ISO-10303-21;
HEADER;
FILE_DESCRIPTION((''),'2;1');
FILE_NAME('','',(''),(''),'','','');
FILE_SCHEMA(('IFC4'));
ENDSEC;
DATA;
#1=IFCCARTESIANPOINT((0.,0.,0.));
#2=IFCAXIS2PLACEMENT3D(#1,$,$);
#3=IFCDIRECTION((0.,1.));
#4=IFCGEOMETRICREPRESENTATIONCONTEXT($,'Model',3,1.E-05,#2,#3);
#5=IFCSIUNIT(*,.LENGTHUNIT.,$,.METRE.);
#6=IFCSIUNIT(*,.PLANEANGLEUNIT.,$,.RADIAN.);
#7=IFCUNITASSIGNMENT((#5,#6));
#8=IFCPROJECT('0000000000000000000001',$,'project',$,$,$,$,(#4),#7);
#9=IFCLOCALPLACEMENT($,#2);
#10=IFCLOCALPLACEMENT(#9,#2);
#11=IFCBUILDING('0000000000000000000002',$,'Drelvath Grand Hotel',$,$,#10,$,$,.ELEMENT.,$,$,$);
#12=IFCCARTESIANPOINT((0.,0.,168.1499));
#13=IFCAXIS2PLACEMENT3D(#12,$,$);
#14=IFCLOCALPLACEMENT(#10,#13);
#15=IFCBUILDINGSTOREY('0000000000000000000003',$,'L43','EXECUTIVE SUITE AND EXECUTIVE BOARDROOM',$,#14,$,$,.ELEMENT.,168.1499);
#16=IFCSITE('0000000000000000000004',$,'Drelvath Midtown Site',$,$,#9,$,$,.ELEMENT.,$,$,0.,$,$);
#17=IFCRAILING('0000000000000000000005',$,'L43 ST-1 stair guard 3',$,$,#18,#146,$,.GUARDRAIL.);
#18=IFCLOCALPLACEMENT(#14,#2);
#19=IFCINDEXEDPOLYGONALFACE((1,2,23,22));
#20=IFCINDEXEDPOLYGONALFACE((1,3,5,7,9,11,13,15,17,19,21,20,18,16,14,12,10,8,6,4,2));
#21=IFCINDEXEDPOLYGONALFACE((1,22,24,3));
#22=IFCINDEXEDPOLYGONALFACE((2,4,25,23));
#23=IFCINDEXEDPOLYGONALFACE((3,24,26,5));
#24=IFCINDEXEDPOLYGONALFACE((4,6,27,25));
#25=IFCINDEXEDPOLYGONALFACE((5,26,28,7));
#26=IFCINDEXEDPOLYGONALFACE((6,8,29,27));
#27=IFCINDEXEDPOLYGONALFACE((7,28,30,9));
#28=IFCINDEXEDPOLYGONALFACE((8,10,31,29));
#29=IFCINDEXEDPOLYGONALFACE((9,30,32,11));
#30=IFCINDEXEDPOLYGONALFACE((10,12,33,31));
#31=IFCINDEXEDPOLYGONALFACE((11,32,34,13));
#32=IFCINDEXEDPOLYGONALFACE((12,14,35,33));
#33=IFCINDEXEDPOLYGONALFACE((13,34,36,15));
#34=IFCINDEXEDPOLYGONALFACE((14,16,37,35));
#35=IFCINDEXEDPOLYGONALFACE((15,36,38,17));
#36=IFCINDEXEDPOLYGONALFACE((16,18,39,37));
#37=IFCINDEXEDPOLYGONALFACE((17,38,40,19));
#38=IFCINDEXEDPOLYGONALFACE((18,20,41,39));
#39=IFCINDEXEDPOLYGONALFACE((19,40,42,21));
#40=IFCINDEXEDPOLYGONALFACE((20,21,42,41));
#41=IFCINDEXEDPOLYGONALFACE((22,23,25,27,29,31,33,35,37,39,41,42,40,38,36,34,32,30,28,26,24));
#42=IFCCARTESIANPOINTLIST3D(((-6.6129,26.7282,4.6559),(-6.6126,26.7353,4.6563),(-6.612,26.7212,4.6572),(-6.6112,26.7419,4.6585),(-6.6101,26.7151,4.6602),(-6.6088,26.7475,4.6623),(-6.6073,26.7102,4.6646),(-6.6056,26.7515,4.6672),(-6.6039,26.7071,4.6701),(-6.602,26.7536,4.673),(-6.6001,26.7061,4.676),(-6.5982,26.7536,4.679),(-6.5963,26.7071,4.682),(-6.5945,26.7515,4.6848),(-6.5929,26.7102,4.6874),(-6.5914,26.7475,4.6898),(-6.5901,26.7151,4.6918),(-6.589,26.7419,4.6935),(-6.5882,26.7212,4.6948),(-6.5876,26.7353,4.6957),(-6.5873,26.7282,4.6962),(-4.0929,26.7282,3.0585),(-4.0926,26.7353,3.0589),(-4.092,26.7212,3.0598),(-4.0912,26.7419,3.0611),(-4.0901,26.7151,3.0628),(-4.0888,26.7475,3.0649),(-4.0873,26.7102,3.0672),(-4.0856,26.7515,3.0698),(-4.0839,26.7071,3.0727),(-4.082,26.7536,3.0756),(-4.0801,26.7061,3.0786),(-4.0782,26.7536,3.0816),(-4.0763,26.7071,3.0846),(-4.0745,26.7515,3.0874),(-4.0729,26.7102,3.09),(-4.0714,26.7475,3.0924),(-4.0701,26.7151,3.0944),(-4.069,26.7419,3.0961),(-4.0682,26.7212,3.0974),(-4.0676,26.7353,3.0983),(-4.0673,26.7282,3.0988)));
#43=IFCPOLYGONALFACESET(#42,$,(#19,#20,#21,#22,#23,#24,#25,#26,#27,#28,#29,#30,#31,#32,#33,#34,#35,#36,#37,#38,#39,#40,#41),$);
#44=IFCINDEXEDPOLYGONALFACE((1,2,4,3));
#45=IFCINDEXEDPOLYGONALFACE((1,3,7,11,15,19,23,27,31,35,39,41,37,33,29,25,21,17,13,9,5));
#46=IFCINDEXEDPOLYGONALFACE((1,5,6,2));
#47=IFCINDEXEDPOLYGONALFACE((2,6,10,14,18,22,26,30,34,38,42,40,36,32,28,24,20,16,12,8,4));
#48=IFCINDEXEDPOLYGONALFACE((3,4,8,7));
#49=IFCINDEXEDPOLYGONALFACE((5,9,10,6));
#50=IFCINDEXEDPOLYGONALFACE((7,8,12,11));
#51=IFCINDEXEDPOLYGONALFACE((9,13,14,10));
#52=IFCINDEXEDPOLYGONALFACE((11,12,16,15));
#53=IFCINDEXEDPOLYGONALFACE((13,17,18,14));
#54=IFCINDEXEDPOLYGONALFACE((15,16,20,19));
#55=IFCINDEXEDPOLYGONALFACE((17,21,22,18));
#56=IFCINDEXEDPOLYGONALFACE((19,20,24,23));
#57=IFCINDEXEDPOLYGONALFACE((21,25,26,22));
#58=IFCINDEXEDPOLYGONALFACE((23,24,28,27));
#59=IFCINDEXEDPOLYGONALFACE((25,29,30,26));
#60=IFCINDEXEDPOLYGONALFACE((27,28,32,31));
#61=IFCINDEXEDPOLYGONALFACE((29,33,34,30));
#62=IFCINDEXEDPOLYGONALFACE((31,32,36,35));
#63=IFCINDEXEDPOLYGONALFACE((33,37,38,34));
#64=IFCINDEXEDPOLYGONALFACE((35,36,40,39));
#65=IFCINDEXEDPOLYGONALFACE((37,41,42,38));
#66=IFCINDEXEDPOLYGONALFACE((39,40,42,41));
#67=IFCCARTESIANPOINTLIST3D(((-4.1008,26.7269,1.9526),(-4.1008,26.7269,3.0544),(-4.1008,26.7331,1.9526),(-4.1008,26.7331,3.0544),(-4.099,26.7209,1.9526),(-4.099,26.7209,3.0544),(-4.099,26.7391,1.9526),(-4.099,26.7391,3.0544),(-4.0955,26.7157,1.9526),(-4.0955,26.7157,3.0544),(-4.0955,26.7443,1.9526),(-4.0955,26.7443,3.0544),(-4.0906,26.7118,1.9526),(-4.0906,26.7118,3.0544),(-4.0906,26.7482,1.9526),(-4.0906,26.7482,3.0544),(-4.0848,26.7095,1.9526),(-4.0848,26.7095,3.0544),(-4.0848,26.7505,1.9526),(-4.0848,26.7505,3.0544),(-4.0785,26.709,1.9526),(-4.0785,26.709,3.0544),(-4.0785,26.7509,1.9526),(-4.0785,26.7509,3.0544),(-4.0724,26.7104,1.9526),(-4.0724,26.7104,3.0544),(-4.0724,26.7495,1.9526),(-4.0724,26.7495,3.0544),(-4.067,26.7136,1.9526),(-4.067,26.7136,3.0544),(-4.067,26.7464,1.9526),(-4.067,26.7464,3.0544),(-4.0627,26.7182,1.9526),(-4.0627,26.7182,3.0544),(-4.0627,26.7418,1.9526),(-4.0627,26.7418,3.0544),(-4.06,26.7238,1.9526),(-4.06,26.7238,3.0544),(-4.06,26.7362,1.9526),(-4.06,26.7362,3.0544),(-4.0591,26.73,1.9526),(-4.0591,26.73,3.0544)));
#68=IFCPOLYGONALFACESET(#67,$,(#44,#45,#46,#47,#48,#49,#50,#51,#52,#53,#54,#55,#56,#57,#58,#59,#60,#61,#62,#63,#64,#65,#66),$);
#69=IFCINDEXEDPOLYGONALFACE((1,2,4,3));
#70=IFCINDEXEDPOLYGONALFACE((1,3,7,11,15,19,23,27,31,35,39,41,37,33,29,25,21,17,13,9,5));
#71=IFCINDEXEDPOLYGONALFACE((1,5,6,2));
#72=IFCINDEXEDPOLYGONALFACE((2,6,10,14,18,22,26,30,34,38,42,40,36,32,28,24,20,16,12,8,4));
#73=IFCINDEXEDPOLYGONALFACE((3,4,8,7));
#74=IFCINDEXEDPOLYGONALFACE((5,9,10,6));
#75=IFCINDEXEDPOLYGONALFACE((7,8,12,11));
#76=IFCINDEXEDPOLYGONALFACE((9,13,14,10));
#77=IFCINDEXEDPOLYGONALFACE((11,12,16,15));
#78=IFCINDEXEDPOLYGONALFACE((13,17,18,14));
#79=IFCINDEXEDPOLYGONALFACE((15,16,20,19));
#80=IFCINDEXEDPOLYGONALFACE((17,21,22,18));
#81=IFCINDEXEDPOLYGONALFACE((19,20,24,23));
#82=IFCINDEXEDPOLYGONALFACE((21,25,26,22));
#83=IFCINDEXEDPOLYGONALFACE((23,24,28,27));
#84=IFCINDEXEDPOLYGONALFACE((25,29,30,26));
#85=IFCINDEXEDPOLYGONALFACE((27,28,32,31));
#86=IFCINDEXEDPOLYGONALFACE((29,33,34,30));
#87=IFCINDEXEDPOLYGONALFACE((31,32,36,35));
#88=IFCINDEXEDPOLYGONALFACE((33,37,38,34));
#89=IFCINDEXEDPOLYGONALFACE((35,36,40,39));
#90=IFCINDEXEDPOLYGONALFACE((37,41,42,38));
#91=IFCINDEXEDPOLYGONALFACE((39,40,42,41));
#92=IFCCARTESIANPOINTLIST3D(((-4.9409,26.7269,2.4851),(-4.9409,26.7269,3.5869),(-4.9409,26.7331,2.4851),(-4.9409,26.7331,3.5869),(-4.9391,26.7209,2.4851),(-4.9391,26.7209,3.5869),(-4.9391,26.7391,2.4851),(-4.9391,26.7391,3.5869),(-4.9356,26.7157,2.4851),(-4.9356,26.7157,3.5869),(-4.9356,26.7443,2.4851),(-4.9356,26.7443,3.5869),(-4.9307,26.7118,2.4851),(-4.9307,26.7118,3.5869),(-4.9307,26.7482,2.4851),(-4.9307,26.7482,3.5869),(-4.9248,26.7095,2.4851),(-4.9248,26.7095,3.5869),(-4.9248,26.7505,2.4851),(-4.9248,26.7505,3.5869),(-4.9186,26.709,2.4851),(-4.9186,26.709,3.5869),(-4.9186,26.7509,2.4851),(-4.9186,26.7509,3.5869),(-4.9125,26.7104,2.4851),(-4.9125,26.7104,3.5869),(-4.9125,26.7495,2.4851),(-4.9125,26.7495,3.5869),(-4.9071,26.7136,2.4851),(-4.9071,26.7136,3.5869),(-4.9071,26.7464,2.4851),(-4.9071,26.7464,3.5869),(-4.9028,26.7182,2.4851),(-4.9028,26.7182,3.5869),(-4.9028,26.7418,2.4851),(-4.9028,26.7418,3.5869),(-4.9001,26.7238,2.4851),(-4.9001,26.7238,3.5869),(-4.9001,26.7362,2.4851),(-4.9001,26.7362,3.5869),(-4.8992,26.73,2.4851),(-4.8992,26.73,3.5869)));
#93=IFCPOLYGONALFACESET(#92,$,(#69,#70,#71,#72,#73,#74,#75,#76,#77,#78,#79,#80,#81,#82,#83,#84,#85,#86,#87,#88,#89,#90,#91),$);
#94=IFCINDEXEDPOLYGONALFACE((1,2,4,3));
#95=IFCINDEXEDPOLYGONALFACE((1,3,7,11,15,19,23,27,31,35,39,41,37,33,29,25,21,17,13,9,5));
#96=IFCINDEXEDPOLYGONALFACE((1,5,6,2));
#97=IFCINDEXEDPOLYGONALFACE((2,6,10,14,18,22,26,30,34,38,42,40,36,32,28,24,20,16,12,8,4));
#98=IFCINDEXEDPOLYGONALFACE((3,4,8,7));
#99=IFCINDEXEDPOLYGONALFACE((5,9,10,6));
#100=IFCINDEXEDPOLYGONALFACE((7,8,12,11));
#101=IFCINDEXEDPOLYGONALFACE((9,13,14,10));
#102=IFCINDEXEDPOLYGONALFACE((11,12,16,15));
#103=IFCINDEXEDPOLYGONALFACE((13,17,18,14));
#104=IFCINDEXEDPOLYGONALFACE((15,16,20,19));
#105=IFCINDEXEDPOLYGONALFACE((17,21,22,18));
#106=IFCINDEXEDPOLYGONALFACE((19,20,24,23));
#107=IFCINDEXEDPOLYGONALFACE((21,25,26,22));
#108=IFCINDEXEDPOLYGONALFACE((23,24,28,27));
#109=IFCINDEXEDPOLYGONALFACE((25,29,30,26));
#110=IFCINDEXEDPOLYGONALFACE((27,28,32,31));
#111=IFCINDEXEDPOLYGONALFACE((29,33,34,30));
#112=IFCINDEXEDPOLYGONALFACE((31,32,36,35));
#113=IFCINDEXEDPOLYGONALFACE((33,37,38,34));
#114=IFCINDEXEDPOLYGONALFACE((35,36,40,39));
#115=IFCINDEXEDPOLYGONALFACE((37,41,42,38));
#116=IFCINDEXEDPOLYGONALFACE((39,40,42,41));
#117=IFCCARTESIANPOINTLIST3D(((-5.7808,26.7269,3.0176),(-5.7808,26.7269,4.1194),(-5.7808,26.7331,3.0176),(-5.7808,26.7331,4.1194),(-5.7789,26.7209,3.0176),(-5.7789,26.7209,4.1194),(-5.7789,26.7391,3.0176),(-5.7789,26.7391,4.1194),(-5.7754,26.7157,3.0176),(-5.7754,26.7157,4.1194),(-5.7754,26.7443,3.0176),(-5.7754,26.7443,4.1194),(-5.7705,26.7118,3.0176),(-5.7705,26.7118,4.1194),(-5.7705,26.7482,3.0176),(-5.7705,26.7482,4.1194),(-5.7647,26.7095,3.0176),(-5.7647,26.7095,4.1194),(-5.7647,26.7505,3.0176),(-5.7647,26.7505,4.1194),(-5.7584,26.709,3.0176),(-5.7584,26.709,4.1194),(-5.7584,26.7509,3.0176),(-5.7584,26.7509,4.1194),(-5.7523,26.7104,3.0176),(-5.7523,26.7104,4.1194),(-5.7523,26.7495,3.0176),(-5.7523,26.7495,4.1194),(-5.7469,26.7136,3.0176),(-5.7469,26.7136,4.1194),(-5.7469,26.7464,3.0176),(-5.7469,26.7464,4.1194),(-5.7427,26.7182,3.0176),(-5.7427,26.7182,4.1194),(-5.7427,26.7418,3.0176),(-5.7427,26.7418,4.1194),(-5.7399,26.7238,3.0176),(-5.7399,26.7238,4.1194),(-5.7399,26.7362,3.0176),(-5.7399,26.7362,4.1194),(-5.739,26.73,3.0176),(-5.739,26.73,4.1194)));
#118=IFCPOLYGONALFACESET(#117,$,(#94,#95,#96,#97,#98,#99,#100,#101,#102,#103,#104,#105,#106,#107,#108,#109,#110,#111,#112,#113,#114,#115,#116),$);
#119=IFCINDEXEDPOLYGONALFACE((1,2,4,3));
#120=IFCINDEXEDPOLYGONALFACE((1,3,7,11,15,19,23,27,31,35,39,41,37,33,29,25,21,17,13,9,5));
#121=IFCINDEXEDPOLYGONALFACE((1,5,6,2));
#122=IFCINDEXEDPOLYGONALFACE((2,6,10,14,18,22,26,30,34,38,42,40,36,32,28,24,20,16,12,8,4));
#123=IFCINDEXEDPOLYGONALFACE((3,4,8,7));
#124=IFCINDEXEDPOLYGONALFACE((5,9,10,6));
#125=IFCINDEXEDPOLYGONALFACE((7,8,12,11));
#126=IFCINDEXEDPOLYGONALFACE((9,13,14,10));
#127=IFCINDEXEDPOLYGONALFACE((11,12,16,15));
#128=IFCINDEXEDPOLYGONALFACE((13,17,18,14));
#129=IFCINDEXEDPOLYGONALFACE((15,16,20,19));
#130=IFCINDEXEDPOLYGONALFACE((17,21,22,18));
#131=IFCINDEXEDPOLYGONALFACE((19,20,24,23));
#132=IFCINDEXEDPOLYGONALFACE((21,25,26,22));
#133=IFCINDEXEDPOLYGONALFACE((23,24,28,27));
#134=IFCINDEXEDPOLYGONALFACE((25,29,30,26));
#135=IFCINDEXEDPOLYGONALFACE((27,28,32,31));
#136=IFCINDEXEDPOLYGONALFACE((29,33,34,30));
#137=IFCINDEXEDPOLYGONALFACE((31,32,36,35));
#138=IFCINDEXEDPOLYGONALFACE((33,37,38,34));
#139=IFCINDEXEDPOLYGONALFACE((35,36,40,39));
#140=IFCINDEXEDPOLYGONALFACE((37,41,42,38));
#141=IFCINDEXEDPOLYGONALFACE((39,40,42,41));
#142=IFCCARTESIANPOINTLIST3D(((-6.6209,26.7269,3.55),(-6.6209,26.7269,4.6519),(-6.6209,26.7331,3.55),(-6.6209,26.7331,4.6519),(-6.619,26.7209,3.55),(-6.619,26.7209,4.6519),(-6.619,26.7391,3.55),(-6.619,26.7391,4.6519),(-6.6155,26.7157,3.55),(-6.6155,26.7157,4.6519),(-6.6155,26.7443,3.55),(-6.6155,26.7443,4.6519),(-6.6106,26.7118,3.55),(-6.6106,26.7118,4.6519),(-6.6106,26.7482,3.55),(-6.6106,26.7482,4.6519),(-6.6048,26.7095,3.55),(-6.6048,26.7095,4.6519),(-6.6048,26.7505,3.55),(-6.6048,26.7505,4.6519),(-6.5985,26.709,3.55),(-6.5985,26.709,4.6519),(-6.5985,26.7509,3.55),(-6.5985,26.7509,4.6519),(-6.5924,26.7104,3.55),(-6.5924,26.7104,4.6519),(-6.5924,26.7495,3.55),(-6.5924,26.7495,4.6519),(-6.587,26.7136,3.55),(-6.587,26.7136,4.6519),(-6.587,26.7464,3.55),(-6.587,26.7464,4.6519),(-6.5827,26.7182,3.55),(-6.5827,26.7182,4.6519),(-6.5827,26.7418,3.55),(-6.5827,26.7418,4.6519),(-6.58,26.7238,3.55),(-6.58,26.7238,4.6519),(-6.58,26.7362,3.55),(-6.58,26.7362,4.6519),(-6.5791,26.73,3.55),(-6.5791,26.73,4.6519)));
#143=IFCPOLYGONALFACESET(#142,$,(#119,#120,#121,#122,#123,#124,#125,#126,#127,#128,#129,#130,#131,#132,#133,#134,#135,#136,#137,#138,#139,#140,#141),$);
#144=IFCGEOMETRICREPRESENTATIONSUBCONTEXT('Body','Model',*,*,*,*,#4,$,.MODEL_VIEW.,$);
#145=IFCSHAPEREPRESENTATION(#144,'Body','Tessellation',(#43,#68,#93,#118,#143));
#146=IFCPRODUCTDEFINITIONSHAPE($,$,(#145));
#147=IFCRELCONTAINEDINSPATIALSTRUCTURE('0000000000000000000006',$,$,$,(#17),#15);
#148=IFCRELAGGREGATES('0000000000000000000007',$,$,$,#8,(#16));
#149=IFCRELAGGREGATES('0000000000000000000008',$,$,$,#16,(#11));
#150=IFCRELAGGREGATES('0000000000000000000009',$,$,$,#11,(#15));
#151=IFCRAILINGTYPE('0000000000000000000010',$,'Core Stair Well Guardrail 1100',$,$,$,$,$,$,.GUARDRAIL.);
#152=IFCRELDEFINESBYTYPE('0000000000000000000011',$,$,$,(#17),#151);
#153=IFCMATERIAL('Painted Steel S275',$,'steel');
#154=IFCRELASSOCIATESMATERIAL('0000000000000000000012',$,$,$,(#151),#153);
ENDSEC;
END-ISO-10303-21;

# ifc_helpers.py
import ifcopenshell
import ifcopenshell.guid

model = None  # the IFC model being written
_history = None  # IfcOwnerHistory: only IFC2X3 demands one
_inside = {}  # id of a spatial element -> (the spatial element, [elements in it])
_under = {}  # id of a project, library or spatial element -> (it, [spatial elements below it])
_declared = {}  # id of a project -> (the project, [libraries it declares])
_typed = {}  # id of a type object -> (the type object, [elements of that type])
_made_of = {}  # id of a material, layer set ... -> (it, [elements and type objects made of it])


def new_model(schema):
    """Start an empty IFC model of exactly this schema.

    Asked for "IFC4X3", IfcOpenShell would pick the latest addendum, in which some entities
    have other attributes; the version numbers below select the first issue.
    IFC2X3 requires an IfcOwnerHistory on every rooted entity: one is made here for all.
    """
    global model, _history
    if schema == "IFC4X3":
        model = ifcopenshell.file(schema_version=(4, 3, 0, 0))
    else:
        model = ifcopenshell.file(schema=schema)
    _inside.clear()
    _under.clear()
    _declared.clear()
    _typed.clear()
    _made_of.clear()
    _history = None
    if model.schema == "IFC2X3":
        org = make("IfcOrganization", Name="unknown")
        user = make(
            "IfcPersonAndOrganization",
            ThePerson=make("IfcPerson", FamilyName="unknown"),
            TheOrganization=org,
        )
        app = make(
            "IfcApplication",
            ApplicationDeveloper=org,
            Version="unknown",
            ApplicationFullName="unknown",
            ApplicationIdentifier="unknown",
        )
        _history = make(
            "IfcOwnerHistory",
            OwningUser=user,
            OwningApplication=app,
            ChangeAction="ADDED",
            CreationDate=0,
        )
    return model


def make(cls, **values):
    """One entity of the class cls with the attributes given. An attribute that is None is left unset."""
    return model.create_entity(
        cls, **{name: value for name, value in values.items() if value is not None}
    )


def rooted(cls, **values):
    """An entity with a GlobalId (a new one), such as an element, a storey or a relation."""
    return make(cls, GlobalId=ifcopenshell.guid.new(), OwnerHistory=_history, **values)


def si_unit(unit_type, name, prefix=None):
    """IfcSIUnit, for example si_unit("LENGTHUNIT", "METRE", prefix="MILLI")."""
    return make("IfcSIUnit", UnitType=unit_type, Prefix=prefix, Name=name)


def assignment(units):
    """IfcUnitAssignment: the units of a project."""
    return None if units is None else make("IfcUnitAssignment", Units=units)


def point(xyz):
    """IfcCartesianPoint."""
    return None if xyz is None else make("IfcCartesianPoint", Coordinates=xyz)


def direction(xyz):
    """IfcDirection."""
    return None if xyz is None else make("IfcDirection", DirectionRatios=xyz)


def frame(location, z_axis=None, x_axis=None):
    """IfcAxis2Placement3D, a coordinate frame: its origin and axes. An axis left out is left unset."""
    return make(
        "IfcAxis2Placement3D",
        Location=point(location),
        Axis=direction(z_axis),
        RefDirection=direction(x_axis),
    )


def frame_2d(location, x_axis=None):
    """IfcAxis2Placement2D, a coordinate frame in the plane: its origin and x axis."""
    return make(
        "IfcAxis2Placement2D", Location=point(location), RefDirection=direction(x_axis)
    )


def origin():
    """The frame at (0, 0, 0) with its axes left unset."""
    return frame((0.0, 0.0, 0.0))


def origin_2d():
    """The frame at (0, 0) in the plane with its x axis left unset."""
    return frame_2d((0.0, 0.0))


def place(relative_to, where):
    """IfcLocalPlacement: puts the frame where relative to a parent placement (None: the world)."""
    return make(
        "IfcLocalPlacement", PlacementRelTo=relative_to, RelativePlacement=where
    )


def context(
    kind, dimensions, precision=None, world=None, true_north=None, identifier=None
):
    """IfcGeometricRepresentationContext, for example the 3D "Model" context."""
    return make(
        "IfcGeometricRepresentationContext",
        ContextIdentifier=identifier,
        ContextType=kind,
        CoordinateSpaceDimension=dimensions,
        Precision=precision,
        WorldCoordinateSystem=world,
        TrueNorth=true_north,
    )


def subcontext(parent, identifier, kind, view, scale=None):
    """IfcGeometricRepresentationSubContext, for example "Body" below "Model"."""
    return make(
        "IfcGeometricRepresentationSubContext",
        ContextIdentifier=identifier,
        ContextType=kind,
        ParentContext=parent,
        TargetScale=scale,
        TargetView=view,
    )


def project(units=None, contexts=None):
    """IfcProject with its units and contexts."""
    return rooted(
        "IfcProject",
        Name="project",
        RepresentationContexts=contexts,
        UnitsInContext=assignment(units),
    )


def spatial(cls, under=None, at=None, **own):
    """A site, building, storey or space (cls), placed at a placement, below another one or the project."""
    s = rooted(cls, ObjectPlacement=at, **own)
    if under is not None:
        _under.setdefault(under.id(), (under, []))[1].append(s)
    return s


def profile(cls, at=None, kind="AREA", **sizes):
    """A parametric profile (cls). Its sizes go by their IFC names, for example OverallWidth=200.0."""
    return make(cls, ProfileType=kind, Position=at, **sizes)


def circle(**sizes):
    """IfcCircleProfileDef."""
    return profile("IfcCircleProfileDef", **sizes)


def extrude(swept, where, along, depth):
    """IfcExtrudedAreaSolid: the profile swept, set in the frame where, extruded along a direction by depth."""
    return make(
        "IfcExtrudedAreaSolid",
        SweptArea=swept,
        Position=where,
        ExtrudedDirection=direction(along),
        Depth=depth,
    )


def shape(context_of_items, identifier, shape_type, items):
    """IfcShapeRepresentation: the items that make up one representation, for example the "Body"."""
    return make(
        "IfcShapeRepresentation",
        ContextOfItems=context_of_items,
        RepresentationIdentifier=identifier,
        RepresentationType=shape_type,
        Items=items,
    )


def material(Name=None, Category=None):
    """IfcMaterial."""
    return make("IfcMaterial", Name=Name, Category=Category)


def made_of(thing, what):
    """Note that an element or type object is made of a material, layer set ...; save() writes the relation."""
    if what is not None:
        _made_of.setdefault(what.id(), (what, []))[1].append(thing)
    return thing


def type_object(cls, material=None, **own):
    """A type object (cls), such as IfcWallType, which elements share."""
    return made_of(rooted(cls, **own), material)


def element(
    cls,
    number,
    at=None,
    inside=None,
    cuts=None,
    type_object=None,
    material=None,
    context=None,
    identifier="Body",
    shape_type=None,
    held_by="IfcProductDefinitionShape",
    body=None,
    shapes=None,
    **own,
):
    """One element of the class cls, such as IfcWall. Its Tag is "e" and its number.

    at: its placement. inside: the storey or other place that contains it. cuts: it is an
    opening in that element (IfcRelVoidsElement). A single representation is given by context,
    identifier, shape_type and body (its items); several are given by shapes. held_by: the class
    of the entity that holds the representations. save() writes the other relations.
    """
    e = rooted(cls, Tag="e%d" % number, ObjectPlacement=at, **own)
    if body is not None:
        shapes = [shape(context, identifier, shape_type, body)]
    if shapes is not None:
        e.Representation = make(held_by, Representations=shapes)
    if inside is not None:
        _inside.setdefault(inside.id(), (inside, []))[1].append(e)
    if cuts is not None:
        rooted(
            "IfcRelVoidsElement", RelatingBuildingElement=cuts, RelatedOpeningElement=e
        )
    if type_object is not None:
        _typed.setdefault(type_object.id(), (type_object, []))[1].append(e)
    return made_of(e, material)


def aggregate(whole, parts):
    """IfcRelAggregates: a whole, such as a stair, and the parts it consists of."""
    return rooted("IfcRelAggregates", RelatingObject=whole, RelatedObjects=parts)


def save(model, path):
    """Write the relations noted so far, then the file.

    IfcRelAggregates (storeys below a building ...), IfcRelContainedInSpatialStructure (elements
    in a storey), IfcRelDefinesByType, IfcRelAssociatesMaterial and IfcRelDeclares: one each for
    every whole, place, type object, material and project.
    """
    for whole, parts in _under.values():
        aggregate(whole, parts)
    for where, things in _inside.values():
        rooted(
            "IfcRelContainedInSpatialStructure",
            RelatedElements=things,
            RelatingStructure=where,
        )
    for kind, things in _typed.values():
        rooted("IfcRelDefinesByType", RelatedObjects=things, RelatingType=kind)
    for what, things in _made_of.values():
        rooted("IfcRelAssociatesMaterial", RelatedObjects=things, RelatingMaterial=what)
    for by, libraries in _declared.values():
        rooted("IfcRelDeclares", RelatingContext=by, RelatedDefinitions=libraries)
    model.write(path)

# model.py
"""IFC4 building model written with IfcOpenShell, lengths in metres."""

from ifc_helpers import new_model, si_unit, direction, frame, origin, origin_2d, place, context, subcontext, project, spatial, circle, extrude, material, type_object, element, save


model = new_model("IFC4")

# Units and contexts
model_context = context("Model", 3, precision=1e-05, world=origin(), true_north=direction((0.0, 1.0)))
body_context = subcontext(model_context, "Body", "Model", "MODEL_VIEW")
ifc_project = project(units=[si_unit("LENGTHUNIT", "METRE"), si_unit("PLANEANGLEUNIT", "RADIAN")], contexts=[model_context])

# Site, building, storey
site_placement = place(None, origin())
site = spatial("IfcSite", under=ifc_project, at=site_placement, Name="Drelvath Midtown Site", CompositionType="ELEMENT", RefElevation=0.0)
building_placement = place(site_placement, origin())
building = spatial("IfcBuilding", under=site, at=building_placement, Name="Drelvath Grand Hotel", CompositionType="ELEMENT")
storey_placement = place(building_placement, frame((0.0, 0.0, 168.1499)))
storey = spatial("IfcBuildingStorey", under=building, at=storey_placement, Name="L43", Description="EXECUTIVE SUITE AND EXECUTIVE BOARDROOM", CompositionType="ELEMENT", Elevation=168.1499)

# Shared definitions
ifc_material_1 = material(Name="Painted Steel S275", Category="steel")

# Railing
railing_type_1 = type_object("IfcRailingType", Name="Core Stair Well Guardrail 1100", PredefinedType="GUARDRAIL", material=ifc_material_1)
railing_1_placement = place(storey_placement, frame((-4.0801, 26.73, 1.9526)))
element("IfcRailing", 1, at=railing_1_placement, inside=storey, type_object=railing_type_1, Name="L43 ST-1 stair guard 3", PredefinedType="GUARDRAIL", context=body_context, shape_type="SweptSolid", body=[
    extrude(circle(Radius=0.0239, at=origin_2d()), frame((0.0, 0.0, 1.126), z_axis=(-0.844607, 0.0, 0.535387), x_axis=(0.0, -1.0, 0.0)), (0.0, 0.0, 1.0), 2.9836),
    extrude(circle(Radius=0.021, at=origin_2d()), origin(), (0.0, 0.0, 1.0), 1.1018),
    extrude(circle(Radius=0.021, at=origin_2d()), frame((-0.8401, 0.0, 0.5325)), (0.0, 0.0, 1.0), 1.1018),
    extrude(circle(Radius=0.021, at=origin_2d()), frame((-1.6799, 0.0, 1.0649)), (0.0, 0.0, 1.0), 1.1018),
    extrude(circle(Radius=0.021, at=origin_2d()), frame((-2.52, 0.0, 1.5974)), (0.0, 0.0, 1.0), 1.1018),
])

save(model, "model.ifc")
